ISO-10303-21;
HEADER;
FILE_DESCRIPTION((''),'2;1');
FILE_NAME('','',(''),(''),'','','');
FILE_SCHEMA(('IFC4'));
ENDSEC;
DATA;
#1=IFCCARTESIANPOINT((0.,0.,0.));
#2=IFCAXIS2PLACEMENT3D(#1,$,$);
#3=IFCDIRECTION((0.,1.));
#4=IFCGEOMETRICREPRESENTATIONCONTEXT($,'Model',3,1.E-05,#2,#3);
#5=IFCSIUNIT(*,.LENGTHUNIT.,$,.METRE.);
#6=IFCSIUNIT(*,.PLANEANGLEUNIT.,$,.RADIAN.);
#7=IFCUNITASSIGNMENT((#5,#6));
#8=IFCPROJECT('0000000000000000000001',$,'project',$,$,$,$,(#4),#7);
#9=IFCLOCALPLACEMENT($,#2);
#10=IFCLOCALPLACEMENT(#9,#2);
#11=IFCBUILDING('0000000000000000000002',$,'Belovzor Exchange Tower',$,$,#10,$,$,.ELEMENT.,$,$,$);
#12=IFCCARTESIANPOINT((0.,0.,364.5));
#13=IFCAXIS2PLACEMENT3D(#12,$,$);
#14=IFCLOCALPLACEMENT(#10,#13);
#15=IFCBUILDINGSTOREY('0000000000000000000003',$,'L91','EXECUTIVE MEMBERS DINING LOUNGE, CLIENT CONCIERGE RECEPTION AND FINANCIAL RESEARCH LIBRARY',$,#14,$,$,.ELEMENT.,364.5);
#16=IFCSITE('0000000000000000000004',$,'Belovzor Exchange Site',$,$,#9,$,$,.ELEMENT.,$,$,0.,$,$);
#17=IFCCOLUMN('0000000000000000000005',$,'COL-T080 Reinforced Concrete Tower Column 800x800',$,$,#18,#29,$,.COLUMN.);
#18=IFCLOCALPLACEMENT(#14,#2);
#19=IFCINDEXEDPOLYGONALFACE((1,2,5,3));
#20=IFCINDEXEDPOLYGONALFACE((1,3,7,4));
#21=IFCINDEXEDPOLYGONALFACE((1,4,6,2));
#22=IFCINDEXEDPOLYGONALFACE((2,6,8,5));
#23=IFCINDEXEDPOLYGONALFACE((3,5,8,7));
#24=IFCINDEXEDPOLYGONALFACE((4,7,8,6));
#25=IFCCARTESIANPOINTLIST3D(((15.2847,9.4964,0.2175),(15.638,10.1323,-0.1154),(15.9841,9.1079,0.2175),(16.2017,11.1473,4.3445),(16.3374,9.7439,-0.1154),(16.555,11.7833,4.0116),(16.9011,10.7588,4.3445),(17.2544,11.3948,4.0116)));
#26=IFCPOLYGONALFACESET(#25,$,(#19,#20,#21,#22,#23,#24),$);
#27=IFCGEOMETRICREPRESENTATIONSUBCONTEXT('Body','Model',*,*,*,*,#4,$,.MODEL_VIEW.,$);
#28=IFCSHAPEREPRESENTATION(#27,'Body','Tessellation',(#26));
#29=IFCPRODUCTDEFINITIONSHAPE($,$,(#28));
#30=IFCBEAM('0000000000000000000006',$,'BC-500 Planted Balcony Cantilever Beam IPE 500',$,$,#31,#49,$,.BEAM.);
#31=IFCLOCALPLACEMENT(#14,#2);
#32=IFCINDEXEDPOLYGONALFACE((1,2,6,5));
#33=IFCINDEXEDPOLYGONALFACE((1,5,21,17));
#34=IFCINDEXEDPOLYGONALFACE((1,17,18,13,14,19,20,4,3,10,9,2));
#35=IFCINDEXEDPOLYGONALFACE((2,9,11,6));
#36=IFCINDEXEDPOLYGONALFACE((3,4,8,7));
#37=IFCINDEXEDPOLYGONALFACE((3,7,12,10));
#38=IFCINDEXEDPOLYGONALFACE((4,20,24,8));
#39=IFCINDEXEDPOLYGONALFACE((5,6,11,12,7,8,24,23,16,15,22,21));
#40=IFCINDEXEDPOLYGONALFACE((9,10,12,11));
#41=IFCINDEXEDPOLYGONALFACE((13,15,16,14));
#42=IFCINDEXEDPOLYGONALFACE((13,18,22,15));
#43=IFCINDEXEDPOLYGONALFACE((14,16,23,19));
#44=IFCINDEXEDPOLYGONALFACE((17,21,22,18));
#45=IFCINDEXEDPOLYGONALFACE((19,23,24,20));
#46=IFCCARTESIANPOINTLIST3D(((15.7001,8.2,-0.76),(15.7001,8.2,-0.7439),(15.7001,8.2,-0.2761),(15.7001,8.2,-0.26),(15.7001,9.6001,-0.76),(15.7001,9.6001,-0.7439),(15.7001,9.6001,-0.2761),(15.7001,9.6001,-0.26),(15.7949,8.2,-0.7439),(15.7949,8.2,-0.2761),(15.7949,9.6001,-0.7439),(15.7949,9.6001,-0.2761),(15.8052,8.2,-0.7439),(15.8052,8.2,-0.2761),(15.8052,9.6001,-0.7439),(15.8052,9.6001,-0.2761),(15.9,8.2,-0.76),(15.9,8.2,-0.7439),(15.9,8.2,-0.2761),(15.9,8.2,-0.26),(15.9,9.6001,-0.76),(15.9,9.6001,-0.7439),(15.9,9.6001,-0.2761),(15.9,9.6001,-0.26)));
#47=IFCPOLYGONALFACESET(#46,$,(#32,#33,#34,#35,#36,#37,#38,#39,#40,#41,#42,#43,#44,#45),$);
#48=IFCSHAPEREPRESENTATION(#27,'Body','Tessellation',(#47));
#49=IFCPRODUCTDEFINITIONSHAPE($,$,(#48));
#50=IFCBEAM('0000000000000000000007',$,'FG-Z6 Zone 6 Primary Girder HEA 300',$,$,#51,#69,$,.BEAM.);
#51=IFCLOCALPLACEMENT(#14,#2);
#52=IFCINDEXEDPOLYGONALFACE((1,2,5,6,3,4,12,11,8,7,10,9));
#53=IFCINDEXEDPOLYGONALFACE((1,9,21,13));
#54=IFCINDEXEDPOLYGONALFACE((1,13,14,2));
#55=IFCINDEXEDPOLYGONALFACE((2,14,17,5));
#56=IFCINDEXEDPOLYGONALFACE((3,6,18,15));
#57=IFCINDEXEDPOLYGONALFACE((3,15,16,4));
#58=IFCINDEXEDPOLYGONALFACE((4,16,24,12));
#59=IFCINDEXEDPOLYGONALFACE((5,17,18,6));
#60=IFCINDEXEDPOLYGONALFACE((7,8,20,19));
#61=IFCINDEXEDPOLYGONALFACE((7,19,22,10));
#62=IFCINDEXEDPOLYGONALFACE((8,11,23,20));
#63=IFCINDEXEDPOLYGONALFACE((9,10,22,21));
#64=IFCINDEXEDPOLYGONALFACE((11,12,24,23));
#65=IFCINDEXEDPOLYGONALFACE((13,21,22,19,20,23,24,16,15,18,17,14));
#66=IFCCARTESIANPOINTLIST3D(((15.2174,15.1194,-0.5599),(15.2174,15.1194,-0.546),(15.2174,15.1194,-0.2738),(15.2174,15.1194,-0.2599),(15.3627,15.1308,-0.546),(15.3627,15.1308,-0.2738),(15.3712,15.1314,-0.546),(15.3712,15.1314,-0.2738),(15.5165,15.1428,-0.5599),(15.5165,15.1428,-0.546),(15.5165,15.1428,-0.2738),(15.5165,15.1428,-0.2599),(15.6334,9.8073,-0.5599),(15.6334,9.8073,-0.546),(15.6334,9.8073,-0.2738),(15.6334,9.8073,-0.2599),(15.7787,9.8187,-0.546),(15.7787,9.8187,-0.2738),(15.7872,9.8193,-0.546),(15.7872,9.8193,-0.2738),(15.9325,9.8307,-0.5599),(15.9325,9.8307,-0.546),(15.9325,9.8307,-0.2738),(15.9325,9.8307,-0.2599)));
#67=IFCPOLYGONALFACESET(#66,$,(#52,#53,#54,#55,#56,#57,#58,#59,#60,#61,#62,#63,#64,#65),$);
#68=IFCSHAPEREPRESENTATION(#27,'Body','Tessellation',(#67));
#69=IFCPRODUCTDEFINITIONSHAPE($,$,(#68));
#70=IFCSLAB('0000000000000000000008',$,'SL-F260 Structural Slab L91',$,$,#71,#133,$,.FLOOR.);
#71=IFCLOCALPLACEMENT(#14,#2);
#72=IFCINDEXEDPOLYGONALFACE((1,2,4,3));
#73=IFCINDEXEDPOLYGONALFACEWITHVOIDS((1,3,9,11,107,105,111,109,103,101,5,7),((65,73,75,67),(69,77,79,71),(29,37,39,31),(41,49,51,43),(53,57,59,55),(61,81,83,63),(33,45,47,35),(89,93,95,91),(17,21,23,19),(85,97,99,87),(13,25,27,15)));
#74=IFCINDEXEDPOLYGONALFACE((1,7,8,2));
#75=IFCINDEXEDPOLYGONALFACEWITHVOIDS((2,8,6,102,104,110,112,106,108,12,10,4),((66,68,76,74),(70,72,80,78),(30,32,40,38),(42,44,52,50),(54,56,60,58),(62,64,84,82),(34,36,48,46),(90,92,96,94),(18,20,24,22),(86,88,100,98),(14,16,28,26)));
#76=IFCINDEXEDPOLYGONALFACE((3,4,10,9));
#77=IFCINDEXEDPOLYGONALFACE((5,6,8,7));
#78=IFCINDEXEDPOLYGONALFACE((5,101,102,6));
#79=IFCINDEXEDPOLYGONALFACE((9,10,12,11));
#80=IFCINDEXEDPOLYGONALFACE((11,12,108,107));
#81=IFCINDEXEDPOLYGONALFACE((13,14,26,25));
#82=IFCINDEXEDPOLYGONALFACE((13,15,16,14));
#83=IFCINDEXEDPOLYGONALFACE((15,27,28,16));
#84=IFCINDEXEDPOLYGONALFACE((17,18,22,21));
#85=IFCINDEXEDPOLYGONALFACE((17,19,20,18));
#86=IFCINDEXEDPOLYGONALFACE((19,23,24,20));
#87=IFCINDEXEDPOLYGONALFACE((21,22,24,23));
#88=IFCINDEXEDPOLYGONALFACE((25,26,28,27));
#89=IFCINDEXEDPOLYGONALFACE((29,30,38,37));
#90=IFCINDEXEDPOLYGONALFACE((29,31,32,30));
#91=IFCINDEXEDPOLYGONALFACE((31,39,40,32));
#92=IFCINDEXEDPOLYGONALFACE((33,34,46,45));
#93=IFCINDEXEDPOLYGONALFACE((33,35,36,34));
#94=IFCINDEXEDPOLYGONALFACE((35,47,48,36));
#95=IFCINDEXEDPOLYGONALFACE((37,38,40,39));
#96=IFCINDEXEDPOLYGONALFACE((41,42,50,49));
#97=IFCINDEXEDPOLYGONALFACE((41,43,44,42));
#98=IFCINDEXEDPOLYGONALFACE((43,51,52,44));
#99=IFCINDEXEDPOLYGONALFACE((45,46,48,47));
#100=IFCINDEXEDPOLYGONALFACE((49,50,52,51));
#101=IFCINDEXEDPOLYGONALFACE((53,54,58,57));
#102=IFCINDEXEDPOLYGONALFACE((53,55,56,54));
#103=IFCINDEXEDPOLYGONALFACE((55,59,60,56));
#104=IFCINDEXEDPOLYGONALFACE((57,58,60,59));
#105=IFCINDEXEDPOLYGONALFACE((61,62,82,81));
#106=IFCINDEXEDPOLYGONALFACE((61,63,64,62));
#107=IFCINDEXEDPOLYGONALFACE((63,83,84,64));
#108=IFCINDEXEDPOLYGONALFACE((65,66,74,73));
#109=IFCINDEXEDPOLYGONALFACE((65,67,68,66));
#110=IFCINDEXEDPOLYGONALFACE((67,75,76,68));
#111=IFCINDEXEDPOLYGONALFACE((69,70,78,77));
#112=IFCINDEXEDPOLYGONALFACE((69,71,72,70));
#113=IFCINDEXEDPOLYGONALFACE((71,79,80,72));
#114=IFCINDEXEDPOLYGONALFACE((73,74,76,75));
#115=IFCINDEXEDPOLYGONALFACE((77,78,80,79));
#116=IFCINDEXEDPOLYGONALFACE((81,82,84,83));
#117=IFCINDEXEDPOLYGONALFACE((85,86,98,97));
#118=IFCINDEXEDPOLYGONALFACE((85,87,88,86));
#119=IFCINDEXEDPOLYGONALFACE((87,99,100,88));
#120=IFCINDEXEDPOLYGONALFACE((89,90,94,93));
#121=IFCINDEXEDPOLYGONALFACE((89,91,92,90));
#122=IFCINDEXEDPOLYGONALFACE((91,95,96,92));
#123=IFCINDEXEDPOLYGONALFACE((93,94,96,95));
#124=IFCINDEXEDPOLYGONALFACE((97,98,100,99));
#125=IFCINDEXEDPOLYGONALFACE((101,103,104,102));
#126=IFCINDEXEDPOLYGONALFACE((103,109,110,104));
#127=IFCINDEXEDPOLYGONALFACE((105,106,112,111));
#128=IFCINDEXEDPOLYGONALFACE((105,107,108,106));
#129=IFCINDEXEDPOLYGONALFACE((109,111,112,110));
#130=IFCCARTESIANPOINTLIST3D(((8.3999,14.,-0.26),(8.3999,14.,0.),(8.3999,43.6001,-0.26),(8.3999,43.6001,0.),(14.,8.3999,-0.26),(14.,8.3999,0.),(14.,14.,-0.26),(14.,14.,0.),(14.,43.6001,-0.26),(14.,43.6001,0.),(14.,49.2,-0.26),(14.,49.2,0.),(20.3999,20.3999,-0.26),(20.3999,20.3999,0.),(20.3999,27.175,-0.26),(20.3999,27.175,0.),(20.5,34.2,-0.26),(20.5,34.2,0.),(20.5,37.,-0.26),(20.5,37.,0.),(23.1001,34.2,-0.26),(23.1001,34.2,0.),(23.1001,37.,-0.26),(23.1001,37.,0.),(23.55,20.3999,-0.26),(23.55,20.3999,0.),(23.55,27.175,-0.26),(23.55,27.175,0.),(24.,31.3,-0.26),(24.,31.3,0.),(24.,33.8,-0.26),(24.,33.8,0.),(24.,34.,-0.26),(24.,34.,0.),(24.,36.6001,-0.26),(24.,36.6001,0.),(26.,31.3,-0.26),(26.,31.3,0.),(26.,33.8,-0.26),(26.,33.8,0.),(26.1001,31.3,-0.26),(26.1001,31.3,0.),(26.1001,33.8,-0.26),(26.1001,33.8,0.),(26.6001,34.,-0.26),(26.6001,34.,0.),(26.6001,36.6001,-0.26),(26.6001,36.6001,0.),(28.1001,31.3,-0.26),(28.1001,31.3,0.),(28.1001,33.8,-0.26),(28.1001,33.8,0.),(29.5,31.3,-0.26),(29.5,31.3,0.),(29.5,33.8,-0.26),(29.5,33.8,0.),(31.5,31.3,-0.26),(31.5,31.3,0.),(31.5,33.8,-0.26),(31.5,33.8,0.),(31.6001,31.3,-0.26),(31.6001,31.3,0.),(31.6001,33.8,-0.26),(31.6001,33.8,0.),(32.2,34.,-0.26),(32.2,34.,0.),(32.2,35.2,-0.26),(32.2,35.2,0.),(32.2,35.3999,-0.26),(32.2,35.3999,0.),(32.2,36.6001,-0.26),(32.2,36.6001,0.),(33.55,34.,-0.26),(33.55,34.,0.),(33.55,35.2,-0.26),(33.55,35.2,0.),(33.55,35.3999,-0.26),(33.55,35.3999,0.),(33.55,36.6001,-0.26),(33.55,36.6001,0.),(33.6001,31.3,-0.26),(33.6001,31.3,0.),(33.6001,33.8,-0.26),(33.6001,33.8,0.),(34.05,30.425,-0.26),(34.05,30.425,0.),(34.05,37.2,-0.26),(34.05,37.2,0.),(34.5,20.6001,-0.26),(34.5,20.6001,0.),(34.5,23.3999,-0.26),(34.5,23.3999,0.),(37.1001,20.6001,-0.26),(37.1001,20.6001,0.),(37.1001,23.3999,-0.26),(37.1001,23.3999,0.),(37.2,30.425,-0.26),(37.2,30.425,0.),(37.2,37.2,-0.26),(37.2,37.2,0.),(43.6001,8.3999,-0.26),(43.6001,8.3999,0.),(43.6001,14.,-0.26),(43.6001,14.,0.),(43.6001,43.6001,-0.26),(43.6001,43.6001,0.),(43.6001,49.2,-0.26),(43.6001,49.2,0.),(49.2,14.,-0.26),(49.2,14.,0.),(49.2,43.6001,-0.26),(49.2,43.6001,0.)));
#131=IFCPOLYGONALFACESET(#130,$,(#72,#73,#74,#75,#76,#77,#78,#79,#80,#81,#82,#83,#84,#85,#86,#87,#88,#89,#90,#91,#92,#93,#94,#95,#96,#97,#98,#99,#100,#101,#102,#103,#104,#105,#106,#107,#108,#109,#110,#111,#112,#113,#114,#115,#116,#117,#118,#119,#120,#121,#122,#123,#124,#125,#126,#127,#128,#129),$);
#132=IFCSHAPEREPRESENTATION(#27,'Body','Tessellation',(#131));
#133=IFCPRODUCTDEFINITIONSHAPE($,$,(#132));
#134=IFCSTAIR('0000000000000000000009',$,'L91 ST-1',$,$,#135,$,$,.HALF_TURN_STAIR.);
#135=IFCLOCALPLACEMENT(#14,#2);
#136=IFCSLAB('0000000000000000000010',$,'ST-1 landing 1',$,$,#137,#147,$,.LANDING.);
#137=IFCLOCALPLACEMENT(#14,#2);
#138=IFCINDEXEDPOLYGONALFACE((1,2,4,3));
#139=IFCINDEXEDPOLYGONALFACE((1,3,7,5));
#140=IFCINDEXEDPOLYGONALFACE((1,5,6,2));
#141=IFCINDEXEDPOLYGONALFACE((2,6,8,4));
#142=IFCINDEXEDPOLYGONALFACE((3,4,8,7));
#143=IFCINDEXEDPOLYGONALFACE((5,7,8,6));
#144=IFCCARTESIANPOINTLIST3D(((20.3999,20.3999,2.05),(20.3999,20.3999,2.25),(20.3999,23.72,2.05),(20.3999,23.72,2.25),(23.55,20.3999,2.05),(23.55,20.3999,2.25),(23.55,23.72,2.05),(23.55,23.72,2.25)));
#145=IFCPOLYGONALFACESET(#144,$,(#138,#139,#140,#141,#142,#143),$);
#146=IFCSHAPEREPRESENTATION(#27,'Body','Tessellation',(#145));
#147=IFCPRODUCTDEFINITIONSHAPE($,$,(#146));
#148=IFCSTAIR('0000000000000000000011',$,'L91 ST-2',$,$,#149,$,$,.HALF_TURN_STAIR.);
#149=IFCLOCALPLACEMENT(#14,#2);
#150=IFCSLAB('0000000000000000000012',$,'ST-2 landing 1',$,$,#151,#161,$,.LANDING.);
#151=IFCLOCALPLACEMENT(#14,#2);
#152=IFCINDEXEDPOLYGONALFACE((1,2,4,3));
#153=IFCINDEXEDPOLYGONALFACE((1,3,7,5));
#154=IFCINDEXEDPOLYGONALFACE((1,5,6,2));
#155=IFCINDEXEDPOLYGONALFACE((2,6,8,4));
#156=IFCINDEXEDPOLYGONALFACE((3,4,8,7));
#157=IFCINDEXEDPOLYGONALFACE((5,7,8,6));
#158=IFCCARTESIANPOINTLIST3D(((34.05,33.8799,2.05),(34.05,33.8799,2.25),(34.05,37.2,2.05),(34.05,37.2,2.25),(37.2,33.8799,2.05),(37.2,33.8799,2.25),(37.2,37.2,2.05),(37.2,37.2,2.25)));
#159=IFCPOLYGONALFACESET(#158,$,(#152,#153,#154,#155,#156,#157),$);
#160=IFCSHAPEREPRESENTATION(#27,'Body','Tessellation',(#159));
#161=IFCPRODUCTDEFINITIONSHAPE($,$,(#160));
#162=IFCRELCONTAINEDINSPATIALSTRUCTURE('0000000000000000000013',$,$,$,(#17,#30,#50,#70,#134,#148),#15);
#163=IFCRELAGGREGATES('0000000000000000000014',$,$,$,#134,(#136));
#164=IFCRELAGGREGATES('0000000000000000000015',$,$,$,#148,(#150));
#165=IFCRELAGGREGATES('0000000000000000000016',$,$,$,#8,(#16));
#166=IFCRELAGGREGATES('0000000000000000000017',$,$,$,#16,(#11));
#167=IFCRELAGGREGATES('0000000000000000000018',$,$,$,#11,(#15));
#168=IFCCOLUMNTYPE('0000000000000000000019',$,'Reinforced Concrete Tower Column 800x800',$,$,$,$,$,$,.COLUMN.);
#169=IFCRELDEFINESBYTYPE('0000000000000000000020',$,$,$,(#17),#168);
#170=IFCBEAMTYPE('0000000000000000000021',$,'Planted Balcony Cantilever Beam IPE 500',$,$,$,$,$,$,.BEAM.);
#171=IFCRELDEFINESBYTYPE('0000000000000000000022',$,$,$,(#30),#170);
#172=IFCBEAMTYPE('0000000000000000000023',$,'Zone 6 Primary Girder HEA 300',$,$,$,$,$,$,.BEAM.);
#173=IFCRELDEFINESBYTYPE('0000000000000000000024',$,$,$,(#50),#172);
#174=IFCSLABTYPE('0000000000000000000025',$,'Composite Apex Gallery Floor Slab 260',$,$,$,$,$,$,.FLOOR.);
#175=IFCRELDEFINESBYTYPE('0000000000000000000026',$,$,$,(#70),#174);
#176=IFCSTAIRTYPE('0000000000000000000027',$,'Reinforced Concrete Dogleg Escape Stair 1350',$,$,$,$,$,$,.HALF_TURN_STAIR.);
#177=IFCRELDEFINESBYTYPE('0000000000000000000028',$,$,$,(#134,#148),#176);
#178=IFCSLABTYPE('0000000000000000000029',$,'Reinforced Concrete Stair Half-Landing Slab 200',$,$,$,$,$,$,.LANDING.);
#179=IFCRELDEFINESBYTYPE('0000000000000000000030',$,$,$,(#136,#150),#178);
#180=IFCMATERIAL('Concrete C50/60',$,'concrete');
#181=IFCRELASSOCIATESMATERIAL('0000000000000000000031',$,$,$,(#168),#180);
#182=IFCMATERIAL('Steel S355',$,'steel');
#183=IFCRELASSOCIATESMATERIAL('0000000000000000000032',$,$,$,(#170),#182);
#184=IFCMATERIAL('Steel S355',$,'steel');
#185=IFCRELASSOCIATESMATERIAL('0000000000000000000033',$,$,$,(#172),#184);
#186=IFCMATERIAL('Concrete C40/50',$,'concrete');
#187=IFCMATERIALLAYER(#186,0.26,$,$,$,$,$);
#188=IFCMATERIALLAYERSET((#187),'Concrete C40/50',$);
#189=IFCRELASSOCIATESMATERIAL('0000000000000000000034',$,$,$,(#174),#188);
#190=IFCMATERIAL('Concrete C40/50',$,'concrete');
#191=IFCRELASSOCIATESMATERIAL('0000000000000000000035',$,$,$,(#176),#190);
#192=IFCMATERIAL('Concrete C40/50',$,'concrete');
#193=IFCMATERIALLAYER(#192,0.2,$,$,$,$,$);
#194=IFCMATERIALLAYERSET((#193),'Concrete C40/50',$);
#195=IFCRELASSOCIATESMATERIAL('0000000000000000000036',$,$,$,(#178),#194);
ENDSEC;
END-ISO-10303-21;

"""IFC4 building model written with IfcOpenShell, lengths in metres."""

from ifc_helpers import new_model, si_unit, direction, frame, origin, origin_2d, place, context, subcontext, project, spatial, polyline, rectangle, i_section, outline, extrude, material, layer, layer_set, material_profile, profile_set, type_object, element, aggregate, save


model = new_model("IFC4")

# Units and contexts
model_context = context("Model", 3, precision=1e-05, world=origin(), true_north=direction((0.0, 1.0)))
body_context = subcontext(model_context, "Body", "Model", "MODEL_VIEW")
ifc_project = project(units=[si_unit("LENGTHUNIT", "METRE"), si_unit("PLANEANGLEUNIT", "RADIAN")], contexts=[model_context])

# Site, building, storey
site_placement = place(None, origin())
site = spatial("IfcSite", under=ifc_project, at=site_placement, Name="Belovzor Exchange Site", CompositionType="ELEMENT", RefElevation=0.0)
building_placement = place(site_placement, origin())
building = spatial("IfcBuilding", under=site, at=building_placement, Name="Belovzor Exchange Tower", CompositionType="ELEMENT")
storey_placement = place(building_placement, frame((0.0, 0.0, 364.5)))
storey = spatial("IfcBuildingStorey", under=building, at=storey_placement, Name="L91", Description="EXECUTIVE MEMBERS DINING LOUNGE, CLIENT CONCIERGE RECEPTION AND FINANCIAL RESEARCH LIBRARY", CompositionType="ELEMENT", Elevation=364.5)

# Column
ifc_material_1 = material(Name="Concrete C50/60", Category="concrete")
ifc_material_profile_1 = material_profile(ifc_material_1, rectangle(XDim=0.8, YDim=0.8, at=origin_2d()))
ifc_profile_set_1 = profile_set([ifc_material_profile_1], Name="Concrete C50/60")
column_type = type_object("IfcColumnType", Name="Reinforced Concrete Tower Column 800x800", PredefinedType="COLUMN", material=ifc_profile_set_1)
column_placement = place(storey_placement, frame((15.811, 9.6201, 0.051), z_axis=(0.202047, 0.36375, 0.90932), x_axis=(-0.874194, 0.485577, 0.0)))
element("IfcColumn", 1, at=column_placement, inside=storey, type_object=column_type, Name="COL-T080 Reinforced Concrete Tower Column 800x800", PredefinedType="COLUMN", context=body_context, shape_type="SweptSolid", body=[
    extrude(rectangle(XDim=0.8, YDim=0.8, at=origin_2d()), origin(), (0.0, 0.0, 1.0), 4.5386),
])

# Beams
ifc_material_2 = material(Name="Steel S355", Category="steel")
ifc_material_profile_2 = material_profile(ifc_material_2, i_section(OverallWidth=0.2, OverallDepth=0.5, WebThickness=0.0103, FlangeThickness=0.0161, at=origin_2d()))
ifc_profile_set_2 = profile_set([ifc_material_profile_2], Name="Steel S355")
beam_type_1 = type_object("IfcBeamType", Name="Planted Balcony Cantilever Beam IPE 500", PredefinedType="BEAM", material=ifc_profile_set_2)
beam_1_placement = place(storey_placement, frame((15.8, 9.6001, -0.51), z_axis=(0.0, -1.0, 0.0), x_axis=(1.0, 0.0, 0.0)))
element("IfcBeam", 2, at=beam_1_placement, inside=storey, type_object=beam_type_1, Name="BC-500 Planted Balcony Cantilever Beam IPE 500", PredefinedType="BEAM", context=body_context, shape_type="SweptSolid", body=[
    extrude(i_section(OverallWidth=0.2, OverallDepth=0.5, WebThickness=0.0103, FlangeThickness=0.0161, at=origin_2d()), origin(), (0.0, 0.0, 1.0), 1.4001),
])
ifc_material_3 = material(Name="Steel S355", Category="steel")
ifc_material_profile_3 = material_profile(ifc_material_3, i_section(OverallWidth=0.3, OverallDepth=0.3, WebThickness=0.0085, FlangeThickness=0.0139, at=origin_2d()))
ifc_profile_set_3 = profile_set([ifc_material_profile_3], Name="Steel S355")
beam_type_2 = type_object("IfcBeamType", Name="Zone 6 Primary Girder HEA 300", PredefinedType="BEAM", material=ifc_profile_set_3)
beam_2_placement = place(storey_placement, frame((15.3669, 15.1311, -0.4099), z_axis=(0.078077, -0.996947, 0.0), x_axis=(0.996947, 0.078077, 0.0)))
element("IfcBeam", 3, at=beam_2_placement, inside=storey, type_object=beam_type_2, Name="FG-Z6 Zone 6 Primary Girder HEA 300", PredefinedType="BEAM", context=body_context, shape_type="SweptSolid", body=[
    extrude(i_section(OverallWidth=0.3, OverallDepth=0.3, WebThickness=0.0085, FlangeThickness=0.0139, at=origin_2d()), origin(), (0.0, 0.0, 1.0), 5.3284),
])

# Slab
ifc_material_4 = material(Name="Concrete C40/50", Category="concrete")
ifc_layer_1 = layer(ifc_material_4, 0.26)
ifc_layer_set_1 = layer_set([ifc_layer_1], Name="Concrete C40/50")
slab_type_1 = type_object("IfcSlabType", Name="Composite Apex Gallery Floor Slab 260", PredefinedType="FLOOR", material=ifc_layer_set_1)
slab_1_placement = place(storey_placement, frame((0.0, 0.0, -0.26)))
element("IfcSlab", 4, at=slab_1_placement, inside=storey, type_object=slab_type_1, Name="SL-F260 Structural Slab L91", PredefinedType="FLOOR", context=body_context, shape_type="SweptSolid", body=[
    extrude(outline(polyline([(14.0, 8.3999), (43.6001, 8.3999), (43.6001, 14.0), (49.2, 14.0), (49.2, 43.6001), (43.6001, 43.6001), (43.6001, 49.2), (14.0, 49.2), (14.0, 43.6001), (8.3999, 43.6001), (8.3999, 14.0), (14.0, 14.0), (14.0, 8.3999)]), holes=[polyline([(20.3999, 27.175), (20.3999, 20.3999), (23.55, 20.3999), (23.55, 27.175), (20.3999, 27.175)]), polyline([(37.2, 30.425), (37.2, 37.2), (34.05, 37.2), (34.05, 30.425), (37.2, 30.425)]), polyline([(20.5, 34.2), (23.1001, 34.2), (23.1001, 37.0), (20.5, 37.0), (20.5, 34.2)]), polyline([(34.5, 20.6001), (37.1001, 20.6001), (37.1001, 23.3999), (34.5, 23.3999), (34.5, 20.6001)]), polyline([(24.0, 34.0), (26.6001, 34.0), (26.6001, 36.6001), (24.0, 36.6001), (24.0, 34.0)]), polyline([(24.0, 31.3), (26.0, 31.3), (26.0, 33.8), (24.0, 33.8), (24.0, 31.3)]), polyline([(26.1001, 31.3), (28.1001, 31.3), (28.1001, 33.8), (26.1001, 33.8), (26.1001, 31.3)]), polyline([(29.5, 31.3), (31.5, 31.3), (31.5, 33.8), (29.5, 33.8), (29.5, 31.3)]), polyline([(31.6001, 31.3), (33.6001, 31.3), (33.6001, 33.8), (31.6001, 33.8), (31.6001, 31.3)]), polyline([(32.2, 34.0), (33.55, 34.0), (33.55, 35.2), (32.2, 35.2), (32.2, 34.0)]), polyline([(32.2, 35.3999), (33.55, 35.3999), (33.55, 36.6001), (32.2, 36.6001), (32.2, 35.3999)])]), origin(), (0.0, 0.0, 1.0), 0.26),
])

# Stairs, slabs
ifc_material_5 = material(Name="Concrete C40/50", Category="concrete")
stair_type = type_object("IfcStairType", Name="Reinforced Concrete Dogleg Escape Stair 1350", PredefinedType="HALF_TURN_STAIR", material=ifc_material_5)
stair_1_placement = place(storey_placement, origin())
stair_1 = element("IfcStair", 5, at=stair_1_placement, inside=storey, type_object=stair_type, Name="L91 ST-1", PredefinedType="HALF_TURN_STAIR")
ifc_material_6 = material(Name="Concrete C40/50", Category="concrete")
ifc_layer_2 = layer(ifc_material_6, 0.2)
ifc_layer_set_2 = layer_set([ifc_layer_2], Name="Concrete C40/50")
slab_type_2 = type_object("IfcSlabType", Name="Reinforced Concrete Stair Half-Landing Slab 200", PredefinedType="LANDING", material=ifc_layer_set_2)
slab_2_placement = place(storey_placement, frame((0.0, 0.0, 2.05)))
slab_2 = element("IfcSlab", 6, at=slab_2_placement, type_object=slab_type_2, Name="ST-1 landing 1", PredefinedType="LANDING", context=body_context, shape_type="SweptSolid", body=[
    extrude(outline(polyline([(20.3999, 23.72), (20.3999, 20.3999), (23.55, 20.3999), (23.55, 23.72), (20.3999, 23.72)])), origin(), (0.0, 0.0, 1.0), 0.2),
])
aggregate(stair_1, [slab_2])
stair_2_placement = place(storey_placement, origin())
stair_2 = element("IfcStair", 7, at=stair_2_placement, inside=storey, type_object=stair_type, Name="L91 ST-2", PredefinedType="HALF_TURN_STAIR")
slab_3_placement = place(storey_placement, frame((0.0, 0.0, 2.05)))
slab_3 = element("IfcSlab", 8, at=slab_3_placement, type_object=slab_type_2, Name="ST-2 landing 1", PredefinedType="LANDING", context=body_context, shape_type="SweptSolid", body=[
    extrude(outline(polyline([(37.2, 33.8799), (37.2, 37.2), (34.05, 37.2), (34.05, 33.8799), (37.2, 33.8799)])), origin(), (0.0, 0.0, 1.0), 0.2),
])
aggregate(stair_2, [slab_3])

save(model, "model.ifc")
